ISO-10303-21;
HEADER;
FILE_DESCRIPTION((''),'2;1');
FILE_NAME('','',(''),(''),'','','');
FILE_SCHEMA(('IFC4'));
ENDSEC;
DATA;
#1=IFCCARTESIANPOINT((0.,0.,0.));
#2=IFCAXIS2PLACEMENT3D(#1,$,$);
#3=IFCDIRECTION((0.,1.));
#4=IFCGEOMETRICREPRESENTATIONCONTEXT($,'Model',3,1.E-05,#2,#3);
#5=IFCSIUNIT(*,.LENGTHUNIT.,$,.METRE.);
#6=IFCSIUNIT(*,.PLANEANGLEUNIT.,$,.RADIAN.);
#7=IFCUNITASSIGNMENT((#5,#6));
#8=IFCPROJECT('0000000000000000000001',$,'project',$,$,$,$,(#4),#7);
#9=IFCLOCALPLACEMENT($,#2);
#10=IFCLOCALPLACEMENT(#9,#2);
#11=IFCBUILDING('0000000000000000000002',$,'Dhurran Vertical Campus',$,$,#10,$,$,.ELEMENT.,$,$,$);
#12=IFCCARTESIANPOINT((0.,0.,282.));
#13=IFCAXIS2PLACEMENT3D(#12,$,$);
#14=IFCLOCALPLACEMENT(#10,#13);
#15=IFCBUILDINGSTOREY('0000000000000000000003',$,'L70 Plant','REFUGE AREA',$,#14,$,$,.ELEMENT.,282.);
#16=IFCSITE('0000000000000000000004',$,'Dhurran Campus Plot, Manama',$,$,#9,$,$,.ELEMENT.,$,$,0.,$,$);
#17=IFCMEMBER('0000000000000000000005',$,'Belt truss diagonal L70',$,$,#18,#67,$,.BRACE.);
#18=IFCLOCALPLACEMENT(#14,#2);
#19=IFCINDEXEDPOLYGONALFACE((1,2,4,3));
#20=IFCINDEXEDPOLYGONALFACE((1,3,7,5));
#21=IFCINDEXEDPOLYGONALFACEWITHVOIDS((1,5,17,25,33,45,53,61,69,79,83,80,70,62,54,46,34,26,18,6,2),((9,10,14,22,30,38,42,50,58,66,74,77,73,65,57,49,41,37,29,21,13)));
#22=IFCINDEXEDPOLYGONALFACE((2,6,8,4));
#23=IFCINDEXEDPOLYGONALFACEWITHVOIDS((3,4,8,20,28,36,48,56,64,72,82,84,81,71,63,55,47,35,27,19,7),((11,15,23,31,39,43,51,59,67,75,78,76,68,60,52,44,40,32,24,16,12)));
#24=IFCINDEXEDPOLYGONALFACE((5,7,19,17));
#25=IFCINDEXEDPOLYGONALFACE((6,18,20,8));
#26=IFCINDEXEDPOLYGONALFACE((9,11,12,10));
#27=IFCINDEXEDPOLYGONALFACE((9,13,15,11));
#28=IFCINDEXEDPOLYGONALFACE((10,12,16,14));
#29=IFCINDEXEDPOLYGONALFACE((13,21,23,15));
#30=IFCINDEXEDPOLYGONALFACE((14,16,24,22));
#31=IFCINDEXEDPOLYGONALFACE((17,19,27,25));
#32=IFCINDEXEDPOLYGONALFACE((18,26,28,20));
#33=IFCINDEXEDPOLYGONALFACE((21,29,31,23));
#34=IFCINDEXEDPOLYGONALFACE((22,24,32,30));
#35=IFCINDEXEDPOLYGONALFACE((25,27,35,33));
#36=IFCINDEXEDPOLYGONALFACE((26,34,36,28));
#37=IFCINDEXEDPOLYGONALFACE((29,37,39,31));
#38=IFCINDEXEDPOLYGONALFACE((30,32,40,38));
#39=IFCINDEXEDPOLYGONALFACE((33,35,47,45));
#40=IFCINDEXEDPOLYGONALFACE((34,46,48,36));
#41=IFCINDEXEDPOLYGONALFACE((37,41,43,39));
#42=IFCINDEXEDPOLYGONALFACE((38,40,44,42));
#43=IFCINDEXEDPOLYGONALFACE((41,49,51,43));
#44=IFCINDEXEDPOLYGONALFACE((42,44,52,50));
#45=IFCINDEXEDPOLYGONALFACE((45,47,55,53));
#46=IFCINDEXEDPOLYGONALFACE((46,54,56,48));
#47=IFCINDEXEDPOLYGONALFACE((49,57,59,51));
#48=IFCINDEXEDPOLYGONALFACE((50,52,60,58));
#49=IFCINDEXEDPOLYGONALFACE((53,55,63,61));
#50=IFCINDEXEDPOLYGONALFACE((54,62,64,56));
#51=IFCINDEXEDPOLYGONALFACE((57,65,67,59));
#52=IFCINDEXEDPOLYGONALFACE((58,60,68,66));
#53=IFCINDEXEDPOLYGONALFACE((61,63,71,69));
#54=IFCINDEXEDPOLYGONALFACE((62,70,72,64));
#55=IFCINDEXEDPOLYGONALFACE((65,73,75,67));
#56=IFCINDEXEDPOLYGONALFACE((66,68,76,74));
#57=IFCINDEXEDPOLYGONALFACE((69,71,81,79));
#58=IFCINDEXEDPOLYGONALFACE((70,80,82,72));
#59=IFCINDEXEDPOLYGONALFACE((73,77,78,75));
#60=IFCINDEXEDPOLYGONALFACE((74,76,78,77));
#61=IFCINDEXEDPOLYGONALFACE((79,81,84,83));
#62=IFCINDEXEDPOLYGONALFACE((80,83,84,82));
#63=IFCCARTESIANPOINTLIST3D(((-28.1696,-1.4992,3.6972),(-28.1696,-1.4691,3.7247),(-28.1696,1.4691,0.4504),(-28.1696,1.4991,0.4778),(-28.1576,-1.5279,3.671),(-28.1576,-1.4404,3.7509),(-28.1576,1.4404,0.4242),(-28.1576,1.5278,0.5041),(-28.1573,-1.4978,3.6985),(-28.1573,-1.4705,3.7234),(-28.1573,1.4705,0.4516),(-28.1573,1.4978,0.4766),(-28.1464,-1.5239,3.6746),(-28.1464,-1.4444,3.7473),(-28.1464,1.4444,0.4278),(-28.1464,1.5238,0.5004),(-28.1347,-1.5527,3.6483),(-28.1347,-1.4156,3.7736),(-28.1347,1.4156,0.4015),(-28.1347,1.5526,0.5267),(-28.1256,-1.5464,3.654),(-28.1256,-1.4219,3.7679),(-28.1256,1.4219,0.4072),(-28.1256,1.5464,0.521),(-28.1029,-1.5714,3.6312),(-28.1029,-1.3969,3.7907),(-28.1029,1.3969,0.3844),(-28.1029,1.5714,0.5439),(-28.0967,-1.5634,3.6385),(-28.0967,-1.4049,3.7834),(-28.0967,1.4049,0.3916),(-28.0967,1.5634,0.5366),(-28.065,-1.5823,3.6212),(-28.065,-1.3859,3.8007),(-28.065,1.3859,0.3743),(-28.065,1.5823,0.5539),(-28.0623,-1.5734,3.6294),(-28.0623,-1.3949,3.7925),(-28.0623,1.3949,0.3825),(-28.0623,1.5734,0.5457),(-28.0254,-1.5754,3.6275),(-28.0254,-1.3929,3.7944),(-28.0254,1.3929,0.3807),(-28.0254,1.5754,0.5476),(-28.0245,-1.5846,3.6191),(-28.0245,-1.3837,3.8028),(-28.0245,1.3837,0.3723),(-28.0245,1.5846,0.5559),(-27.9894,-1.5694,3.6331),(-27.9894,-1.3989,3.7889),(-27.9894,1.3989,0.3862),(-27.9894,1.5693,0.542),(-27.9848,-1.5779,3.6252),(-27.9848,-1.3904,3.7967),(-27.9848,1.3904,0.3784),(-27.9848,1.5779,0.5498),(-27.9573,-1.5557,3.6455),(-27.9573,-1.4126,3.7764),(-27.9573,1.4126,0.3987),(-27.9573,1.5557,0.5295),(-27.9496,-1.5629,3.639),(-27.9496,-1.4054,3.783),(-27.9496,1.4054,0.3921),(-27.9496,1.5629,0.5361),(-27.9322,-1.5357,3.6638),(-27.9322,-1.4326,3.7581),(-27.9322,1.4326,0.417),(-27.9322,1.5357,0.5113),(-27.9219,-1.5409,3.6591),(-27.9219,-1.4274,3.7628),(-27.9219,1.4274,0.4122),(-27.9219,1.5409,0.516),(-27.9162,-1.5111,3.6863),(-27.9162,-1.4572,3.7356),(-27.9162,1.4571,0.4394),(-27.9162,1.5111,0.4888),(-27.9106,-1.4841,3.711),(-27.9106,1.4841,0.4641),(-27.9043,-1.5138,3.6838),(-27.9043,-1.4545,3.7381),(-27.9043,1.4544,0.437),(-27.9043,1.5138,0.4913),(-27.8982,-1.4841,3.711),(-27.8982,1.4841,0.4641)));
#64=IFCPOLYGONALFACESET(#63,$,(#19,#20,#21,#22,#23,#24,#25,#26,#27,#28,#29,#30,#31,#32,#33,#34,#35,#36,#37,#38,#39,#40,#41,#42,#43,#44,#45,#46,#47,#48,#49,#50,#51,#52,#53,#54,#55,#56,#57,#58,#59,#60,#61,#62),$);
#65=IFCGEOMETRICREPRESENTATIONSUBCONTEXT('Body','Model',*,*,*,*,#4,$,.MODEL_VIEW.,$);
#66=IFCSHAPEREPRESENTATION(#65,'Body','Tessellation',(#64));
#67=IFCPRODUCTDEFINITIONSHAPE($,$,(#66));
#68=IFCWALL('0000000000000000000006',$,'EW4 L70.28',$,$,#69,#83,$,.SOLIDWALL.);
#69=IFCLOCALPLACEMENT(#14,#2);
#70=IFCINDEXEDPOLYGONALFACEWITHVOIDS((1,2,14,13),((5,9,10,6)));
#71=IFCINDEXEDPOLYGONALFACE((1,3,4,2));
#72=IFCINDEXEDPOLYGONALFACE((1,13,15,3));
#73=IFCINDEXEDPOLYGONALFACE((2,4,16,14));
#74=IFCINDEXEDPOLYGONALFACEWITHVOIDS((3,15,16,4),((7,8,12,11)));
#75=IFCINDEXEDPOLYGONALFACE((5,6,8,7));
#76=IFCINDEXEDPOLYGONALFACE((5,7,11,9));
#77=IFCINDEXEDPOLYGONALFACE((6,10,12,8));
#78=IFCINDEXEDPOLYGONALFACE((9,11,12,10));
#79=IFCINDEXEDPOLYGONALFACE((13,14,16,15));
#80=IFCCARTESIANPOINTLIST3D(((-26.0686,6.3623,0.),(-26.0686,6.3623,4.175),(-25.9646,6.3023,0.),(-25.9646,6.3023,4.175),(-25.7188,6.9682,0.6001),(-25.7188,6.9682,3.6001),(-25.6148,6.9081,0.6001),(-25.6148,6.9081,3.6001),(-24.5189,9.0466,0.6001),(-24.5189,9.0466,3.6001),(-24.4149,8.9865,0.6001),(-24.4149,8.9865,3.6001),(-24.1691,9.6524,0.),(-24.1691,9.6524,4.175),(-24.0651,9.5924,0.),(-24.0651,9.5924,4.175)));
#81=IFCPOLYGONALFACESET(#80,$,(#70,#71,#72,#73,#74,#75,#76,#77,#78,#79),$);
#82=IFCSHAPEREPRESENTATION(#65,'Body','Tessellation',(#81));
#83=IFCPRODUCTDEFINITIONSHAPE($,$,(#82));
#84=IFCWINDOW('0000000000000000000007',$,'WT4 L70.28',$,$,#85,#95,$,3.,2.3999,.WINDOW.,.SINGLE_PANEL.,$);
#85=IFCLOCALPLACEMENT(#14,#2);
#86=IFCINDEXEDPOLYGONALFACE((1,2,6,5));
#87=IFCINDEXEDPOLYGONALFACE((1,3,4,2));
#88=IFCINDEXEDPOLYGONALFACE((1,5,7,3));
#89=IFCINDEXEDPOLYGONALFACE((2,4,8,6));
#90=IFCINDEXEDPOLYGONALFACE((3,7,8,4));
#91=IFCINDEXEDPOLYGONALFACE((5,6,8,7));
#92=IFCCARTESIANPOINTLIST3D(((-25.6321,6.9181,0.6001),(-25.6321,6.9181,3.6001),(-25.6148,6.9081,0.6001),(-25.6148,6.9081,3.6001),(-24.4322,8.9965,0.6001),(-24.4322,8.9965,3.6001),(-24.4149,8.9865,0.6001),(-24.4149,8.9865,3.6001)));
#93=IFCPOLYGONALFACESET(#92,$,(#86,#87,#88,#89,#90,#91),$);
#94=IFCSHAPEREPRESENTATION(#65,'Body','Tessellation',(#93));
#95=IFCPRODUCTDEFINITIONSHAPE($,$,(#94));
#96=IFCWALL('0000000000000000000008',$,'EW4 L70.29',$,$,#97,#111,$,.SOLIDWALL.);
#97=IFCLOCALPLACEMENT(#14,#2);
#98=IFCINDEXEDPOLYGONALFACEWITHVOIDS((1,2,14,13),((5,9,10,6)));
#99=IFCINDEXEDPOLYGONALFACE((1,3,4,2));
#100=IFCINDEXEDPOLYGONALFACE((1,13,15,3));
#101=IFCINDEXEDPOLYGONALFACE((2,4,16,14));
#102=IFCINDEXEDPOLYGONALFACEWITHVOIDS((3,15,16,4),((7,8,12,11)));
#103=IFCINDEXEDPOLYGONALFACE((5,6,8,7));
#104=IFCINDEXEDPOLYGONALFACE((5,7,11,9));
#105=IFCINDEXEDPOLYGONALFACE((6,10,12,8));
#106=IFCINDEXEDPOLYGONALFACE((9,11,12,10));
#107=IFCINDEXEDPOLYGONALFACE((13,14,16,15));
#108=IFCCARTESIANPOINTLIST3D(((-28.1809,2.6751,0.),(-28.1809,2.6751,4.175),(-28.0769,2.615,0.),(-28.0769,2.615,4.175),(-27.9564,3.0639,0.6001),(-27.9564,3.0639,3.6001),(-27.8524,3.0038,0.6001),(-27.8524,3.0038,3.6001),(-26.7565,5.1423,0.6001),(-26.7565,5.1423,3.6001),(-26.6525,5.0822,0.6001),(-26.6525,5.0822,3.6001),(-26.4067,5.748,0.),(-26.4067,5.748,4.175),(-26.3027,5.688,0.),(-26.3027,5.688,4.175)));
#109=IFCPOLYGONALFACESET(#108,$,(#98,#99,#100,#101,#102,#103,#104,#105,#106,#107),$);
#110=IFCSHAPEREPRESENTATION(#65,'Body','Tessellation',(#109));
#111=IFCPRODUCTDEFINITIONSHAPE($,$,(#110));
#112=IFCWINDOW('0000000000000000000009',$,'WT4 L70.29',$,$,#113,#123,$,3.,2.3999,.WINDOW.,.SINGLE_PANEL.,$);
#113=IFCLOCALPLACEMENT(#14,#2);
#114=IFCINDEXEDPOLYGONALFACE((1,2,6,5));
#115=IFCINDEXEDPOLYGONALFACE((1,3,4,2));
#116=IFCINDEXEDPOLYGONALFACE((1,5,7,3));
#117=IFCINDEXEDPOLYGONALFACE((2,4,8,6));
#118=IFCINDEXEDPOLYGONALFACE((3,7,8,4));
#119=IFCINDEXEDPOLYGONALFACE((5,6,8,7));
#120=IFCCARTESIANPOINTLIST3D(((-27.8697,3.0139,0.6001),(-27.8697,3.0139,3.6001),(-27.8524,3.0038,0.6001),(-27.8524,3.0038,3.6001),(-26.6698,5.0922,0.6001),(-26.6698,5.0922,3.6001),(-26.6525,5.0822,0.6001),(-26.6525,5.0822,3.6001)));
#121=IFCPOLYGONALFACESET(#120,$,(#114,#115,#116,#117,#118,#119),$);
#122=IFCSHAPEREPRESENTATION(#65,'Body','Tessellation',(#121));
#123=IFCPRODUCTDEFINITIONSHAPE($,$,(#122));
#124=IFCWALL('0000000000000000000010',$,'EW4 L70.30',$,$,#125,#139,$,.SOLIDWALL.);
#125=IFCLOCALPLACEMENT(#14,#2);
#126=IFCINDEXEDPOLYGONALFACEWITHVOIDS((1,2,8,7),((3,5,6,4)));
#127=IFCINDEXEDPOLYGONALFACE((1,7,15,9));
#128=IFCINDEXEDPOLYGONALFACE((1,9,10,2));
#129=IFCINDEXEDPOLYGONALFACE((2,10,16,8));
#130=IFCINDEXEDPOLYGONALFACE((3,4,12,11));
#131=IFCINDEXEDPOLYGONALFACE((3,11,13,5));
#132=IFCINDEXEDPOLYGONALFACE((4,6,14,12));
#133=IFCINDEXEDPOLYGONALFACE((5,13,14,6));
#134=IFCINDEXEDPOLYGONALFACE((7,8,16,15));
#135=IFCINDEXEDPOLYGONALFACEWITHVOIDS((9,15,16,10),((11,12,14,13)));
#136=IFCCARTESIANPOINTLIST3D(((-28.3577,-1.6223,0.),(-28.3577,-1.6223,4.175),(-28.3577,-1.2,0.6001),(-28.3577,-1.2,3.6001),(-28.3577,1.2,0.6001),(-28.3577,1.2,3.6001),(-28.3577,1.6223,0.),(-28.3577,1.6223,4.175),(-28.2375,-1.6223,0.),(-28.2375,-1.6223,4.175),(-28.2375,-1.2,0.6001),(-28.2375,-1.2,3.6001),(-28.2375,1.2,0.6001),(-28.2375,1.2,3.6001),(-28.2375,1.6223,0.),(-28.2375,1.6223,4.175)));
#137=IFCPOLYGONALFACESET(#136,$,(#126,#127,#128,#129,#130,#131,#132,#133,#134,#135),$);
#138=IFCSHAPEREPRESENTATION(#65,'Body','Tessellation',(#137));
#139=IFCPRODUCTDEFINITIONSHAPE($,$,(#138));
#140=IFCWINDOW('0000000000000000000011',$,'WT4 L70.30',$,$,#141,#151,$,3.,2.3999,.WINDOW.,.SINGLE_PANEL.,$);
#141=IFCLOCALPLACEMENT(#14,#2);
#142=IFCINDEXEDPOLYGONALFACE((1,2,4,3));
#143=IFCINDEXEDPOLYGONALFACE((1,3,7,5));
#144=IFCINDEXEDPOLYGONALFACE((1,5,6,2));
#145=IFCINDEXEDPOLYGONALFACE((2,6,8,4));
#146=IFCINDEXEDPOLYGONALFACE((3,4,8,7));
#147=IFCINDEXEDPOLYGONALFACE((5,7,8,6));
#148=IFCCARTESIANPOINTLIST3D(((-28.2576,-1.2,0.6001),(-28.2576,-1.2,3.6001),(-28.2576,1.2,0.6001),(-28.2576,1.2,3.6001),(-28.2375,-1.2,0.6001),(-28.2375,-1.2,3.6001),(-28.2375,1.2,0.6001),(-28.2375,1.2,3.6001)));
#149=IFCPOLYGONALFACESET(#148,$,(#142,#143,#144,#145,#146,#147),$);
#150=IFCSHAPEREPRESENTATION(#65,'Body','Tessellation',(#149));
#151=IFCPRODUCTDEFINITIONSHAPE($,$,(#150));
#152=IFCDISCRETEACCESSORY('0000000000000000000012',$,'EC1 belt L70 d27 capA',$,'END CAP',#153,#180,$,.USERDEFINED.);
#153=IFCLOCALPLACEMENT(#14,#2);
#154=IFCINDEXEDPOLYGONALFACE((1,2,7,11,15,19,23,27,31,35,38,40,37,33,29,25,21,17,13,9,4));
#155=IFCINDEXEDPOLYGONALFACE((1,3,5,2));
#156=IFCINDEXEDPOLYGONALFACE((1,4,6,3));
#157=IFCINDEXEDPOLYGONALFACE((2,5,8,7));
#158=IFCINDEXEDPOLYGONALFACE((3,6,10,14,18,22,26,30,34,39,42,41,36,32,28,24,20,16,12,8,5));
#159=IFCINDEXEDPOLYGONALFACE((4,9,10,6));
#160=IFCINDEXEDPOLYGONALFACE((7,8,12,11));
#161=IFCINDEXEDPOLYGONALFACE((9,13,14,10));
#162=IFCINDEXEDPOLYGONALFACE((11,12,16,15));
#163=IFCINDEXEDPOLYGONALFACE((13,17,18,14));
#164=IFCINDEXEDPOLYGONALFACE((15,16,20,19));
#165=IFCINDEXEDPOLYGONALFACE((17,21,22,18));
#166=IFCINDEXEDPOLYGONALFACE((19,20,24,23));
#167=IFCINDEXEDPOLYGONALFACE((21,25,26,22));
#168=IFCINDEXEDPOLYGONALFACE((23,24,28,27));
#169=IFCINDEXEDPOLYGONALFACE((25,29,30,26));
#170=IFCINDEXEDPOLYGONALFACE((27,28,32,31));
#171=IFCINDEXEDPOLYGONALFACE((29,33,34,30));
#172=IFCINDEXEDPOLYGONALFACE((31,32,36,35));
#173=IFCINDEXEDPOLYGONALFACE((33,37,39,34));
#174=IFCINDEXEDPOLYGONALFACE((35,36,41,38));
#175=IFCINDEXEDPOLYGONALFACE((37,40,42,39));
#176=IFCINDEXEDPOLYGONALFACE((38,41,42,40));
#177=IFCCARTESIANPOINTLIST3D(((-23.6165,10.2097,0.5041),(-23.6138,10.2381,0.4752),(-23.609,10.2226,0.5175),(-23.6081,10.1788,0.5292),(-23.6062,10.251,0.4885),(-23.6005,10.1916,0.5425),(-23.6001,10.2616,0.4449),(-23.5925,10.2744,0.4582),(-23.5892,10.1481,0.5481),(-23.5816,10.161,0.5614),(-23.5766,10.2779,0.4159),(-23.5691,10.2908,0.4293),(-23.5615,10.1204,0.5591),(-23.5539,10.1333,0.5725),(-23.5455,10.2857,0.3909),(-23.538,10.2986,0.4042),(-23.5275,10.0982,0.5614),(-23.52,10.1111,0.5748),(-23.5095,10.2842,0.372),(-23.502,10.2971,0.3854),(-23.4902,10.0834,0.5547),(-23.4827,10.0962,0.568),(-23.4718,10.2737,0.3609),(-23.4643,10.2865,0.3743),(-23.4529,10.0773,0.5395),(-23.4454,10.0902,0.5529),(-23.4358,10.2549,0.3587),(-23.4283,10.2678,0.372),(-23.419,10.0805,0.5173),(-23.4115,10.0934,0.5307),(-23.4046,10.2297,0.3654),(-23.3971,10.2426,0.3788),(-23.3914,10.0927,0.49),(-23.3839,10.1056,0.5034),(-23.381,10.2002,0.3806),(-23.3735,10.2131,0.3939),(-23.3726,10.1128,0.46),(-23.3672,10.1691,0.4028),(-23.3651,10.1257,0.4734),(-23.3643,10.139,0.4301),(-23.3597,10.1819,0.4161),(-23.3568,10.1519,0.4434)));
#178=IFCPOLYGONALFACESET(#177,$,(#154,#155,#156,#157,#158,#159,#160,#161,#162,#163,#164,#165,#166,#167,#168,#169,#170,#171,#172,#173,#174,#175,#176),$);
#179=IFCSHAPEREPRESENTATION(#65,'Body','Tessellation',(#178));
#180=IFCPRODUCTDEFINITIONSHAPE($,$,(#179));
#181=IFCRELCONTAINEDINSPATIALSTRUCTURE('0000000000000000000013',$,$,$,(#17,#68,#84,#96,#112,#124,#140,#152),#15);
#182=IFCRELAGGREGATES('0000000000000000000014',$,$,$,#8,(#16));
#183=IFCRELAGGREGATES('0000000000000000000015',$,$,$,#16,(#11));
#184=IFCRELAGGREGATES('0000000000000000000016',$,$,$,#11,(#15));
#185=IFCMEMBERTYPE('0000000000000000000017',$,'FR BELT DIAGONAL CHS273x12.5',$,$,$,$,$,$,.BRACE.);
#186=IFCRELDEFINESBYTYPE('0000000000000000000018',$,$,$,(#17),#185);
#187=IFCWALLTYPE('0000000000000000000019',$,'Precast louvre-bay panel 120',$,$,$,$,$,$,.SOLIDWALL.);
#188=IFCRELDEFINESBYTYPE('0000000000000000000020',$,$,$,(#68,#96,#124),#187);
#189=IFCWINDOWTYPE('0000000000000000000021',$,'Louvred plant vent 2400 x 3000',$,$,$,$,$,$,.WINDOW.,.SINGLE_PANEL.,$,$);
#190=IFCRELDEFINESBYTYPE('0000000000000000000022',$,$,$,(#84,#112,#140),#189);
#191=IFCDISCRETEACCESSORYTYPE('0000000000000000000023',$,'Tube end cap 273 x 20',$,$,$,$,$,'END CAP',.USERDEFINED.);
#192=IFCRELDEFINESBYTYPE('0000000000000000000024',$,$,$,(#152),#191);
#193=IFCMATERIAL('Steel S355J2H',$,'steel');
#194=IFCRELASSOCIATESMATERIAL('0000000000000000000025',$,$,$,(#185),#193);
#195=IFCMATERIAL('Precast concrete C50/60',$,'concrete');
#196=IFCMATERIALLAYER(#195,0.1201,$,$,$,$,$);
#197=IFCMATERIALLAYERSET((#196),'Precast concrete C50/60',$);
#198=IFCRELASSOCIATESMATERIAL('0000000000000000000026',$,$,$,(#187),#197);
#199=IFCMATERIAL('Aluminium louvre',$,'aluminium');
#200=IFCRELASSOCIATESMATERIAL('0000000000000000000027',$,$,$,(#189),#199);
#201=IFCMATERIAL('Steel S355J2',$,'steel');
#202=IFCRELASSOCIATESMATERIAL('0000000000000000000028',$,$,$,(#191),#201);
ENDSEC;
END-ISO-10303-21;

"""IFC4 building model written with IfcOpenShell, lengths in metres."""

from ifc_helpers import new_model, si_unit, direction, frame, frame_2d, origin, origin_2d, place, context, subcontext, project, spatial, rectangle, circle, hollow_circle, extrude, material, layer, layer_set, material_profile, profile_set, type_object, element, fill, save


model = new_model("IFC4")

# Units and contexts
model_context = context("Model", 3, precision=1e-05, world=origin(), true_north=direction((0.0, 1.0)))
body_context = subcontext(model_context, "Body", "Model", "MODEL_VIEW")
ifc_project = project(units=[si_unit("LENGTHUNIT", "METRE"), si_unit("PLANEANGLEUNIT", "RADIAN")], contexts=[model_context])

# Site, building, storey
site_placement = place(None, origin())
site = spatial("IfcSite", under=ifc_project, at=site_placement, Name="Dhurran Campus Plot, Manama", CompositionType="ELEMENT", RefElevation=0.0)
building_placement = place(site_placement, origin())
building = spatial("IfcBuilding", under=site, at=building_placement, Name="Dhurran Vertical Campus", CompositionType="ELEMENT")
storey_placement = place(building_placement, frame((0.0, 0.0, 282.0)))
storey = spatial("IfcBuildingStorey", under=building, at=storey_placement, Name="L70 Plant", Description="REFUGE AREA", CompositionType="ELEMENT", Elevation=282.0)

# Member
ifc_material_1 = material(Name="Steel S355J2H", Category="steel")
ifc_material_profile_1 = material_profile(ifc_material_1, hollow_circle(Radius=0.1365, WallThickness=0.0125, at=origin_2d()), Name="CHS273x12.5")
ifc_profile_set_1 = profile_set([ifc_material_profile_1], Name="Steel S355J2H")
member_type = type_object("IfcMemberType", Name="FR BELT DIAGONAL CHS273x12.5", PredefinedType="BRACE", material=ifc_profile_set_1)
member_1_placement = place(storey_placement, frame((-28.0347, 1.4841, 0.4641), z_axis=(0.0, -0.674736, 0.738059), x_axis=(1.0, 0.0, 0.0)))
element("IfcMember", 1, at=member_1_placement, inside=storey, type_object=member_type, Name="Belt truss diagonal L70", PredefinedType="BRACE", context=body_context, shape_type="SweptSolid", body=[
    extrude(hollow_circle(Radius=0.1365, WallThickness=0.0125, at=origin_2d()), origin(), (0.0, 0.0, 1.0), 4.3992),
])

# Walls, openings, windows
ifc_material_2 = material(Name="Precast concrete C50/60", Category="concrete")
ifc_layer = layer(ifc_material_2, 0.1201)
ifc_layer_set = layer_set([ifc_layer], Name="Precast concrete C50/60")
wall_type = type_object("IfcWallType", Name="Precast louvre-bay panel 120", PredefinedType="SOLIDWALL", material=ifc_layer_set)
wall_1_placement = place(storey_placement, frame((-24.1172, 9.6223, 0.0), z_axis=(0.0, 0.0, 1.0), x_axis=(-0.499982, -0.866036, 0.0)))
wall_1 = element("IfcWall", 2, at=wall_1_placement, inside=storey, type_object=wall_type, Name="EW4 L70.28", PredefinedType="SOLIDWALL", context=body_context, shape_type="SweptSolid", body=[
    extrude(rectangle(XDim=3.7991, YDim=0.1201, at=frame_2d((1.8994, 0.0))), origin(), (0.0, 0.0, 1.0), 4.175),
])
opening_1_placement = place(wall_1_placement, frame((0.6995, 0.0, 0.6001)))
opening_1 = element("IfcOpeningElement", 3, at=opening_1_placement, cuts=wall_1, PredefinedType="OPENING", context=body_context, shape_type="SweptSolid", body=[
    extrude(rectangle(XDim=2.3999, YDim=3.0, at=frame_2d((1.2, 1.5))), frame((0.0, 0.0701, 0.0), z_axis=(0.0, -1.0, 0.0), x_axis=(1.0, 0.0, 0.0)), (0.0, 0.0, 1.0), 0.1401),
])
ifc_material_3 = material(Name="Aluminium louvre", Category="aluminium")
window_type = type_object("IfcWindowType", Name="Louvred plant vent 2400 x 3000", PartitioningType="SINGLE_PANEL", PredefinedType="WINDOW", material=ifc_material_3)
window_1_placement = place(opening_1_placement, origin())
window_1 = element("IfcWindow", 4, at=window_1_placement, inside=storey, type_object=window_type, Name="WT4 L70.28", OverallHeight=3.0, OverallWidth=2.3999, PartitioningType="SINGLE_PANEL", PredefinedType="WINDOW", context=body_context, shape_type="SweptSolid", body=[
    extrude(rectangle(XDim=2.3999, YDim=3.0, at=frame_2d((1.2, 1.5))), frame((0.0, 0.0601, 0.0), z_axis=(0.0, -1.0, 0.0), x_axis=(1.0, 0.0, 0.0)), (0.0, 0.0, 1.0), 0.02),
])
fill(opening_1, window_1)
wall_2_placement = place(storey_placement, frame((-26.3547, 5.718, 0.0), z_axis=(0.0, 0.0, 1.0), x_axis=(-0.499994, -0.866029, 0.0)))
wall_2 = element("IfcWall", 5, at=wall_2_placement, inside=storey, type_object=wall_type, Name="EW4 L70.29", PredefinedType="SOLIDWALL", context=body_context, shape_type="SweptSolid", body=[
    extrude(rectangle(XDim=3.5483, YDim=0.1201, at=frame_2d((1.7742, 0.0))), origin(), (0.0, 0.0, 1.0), 4.175),
])
opening_2_placement = place(wall_2_placement, frame((0.6995, 0.0, 0.6001)))
opening_2 = element("IfcOpeningElement", 6, at=opening_2_placement, cuts=wall_2, PredefinedType="OPENING", context=body_context, shape_type="SweptSolid", body=[
    extrude(rectangle(XDim=2.3999, YDim=3.0, at=frame_2d((1.2, 1.5))), frame((0.0, 0.0701, 0.0), z_axis=(0.0, -1.0, 0.0), x_axis=(1.0, 0.0, 0.0)), (0.0, 0.0, 1.0), 0.1401),
])
window_2_placement = place(opening_2_placement, origin())
window_2 = element("IfcWindow", 7, at=window_2_placement, inside=storey, type_object=window_type, Name="WT4 L70.29", OverallHeight=3.0, OverallWidth=2.3999, PartitioningType="SINGLE_PANEL", PredefinedType="WINDOW", context=body_context, shape_type="SweptSolid", body=[
    extrude(rectangle(XDim=2.3999, YDim=3.0, at=frame_2d((1.2, 1.5))), frame((0.0, 0.0601, 0.0), z_axis=(0.0, -1.0, 0.0), x_axis=(1.0, 0.0, 0.0)), (0.0, 0.0, 1.0), 0.02),
])
fill(opening_2, window_2)
wall_3_placement = place(storey_placement, frame((-28.2976, 1.6223, 0.0), z_axis=(0.0, 0.0, 1.0), x_axis=(0.0, -1.0, 0.0)))
wall_3 = element("IfcWall", 8, at=wall_3_placement, inside=storey, type_object=wall_type, Name="EW4 L70.30", PredefinedType="SOLIDWALL", context=body_context, shape_type="SweptSolid", body=[
    extrude(rectangle(XDim=3.2446, YDim=0.1201, at=frame_2d((1.6223, 0.0))), origin(), (0.0, 0.0, 1.0), 4.175),
])
opening_3_placement = place(wall_3_placement, frame((0.4224, 0.0, 0.6001)))
opening_3 = element("IfcOpeningElement", 9, at=opening_3_placement, cuts=wall_3, PredefinedType="OPENING", context=body_context, shape_type="SweptSolid", body=[
    extrude(rectangle(XDim=2.3999, YDim=3.0, at=frame_2d((1.2, 1.5))), frame((0.0, 0.0701, 0.0), z_axis=(0.0, -1.0, 0.0), x_axis=(1.0, 0.0, 0.0)), (0.0, 0.0, 1.0), 0.1401),
])
window_3_placement = place(opening_3_placement, origin())
window_3 = element("IfcWindow", 10, at=window_3_placement, inside=storey, type_object=window_type, Name="WT4 L70.30", OverallHeight=3.0, OverallWidth=2.3999, PartitioningType="SINGLE_PANEL", PredefinedType="WINDOW", context=body_context, shape_type="SweptSolid", body=[
    extrude(rectangle(XDim=2.3999, YDim=3.0, at=frame_2d((1.2, 1.5))), frame((0.0, 0.0601, 0.0), z_axis=(0.0, -1.0, 0.0), x_axis=(1.0, 0.0, 0.0)), (0.0, 0.0, 1.0), 0.02),
])
fill(opening_3, window_3)

# Discrete accessory
ifc_material_4 = material(Name="Steel S355J2", Category="steel")
ifc_material_profile_2 = material_profile(ifc_material_4, circle(Radius=0.1365, at=origin_2d()), Name="Tube end cap 273 x 20")
ifc_profile_set_2 = profile_set([ifc_material_profile_2], Name="Steel S355J2")
discrete_accessory_type = type_object("IfcDiscreteAccessoryType", Name="Tube end cap 273 x 20", ElementType="END CAP", PredefinedType="USERDEFINED", material=ifc_profile_set_2)
for number, where, z_axis, x_axis, name in (
    (11, (-23.4829, 10.1946, 0.4734), (-0.376069, -0.642956, -0.667218), (0.863188, -0.504883, 0.0), "EC1 belt L70 d27 capA"),
):
    element("IfcDiscreteAccessory", number, at=place(storey_placement, frame(where, z_axis=z_axis, x_axis=x_axis)), inside=storey, type_object=discrete_accessory_type, Name=name, ObjectType="END CAP", PredefinedType="USERDEFINED", context=body_context, shape_type="SweptSolid", body=[
        extrude(circle(Radius=0.1365, at=origin_2d()), origin(), (0.0, 0.0, 1.0), 0.02),
    ])

save(model, "model.ifc")
